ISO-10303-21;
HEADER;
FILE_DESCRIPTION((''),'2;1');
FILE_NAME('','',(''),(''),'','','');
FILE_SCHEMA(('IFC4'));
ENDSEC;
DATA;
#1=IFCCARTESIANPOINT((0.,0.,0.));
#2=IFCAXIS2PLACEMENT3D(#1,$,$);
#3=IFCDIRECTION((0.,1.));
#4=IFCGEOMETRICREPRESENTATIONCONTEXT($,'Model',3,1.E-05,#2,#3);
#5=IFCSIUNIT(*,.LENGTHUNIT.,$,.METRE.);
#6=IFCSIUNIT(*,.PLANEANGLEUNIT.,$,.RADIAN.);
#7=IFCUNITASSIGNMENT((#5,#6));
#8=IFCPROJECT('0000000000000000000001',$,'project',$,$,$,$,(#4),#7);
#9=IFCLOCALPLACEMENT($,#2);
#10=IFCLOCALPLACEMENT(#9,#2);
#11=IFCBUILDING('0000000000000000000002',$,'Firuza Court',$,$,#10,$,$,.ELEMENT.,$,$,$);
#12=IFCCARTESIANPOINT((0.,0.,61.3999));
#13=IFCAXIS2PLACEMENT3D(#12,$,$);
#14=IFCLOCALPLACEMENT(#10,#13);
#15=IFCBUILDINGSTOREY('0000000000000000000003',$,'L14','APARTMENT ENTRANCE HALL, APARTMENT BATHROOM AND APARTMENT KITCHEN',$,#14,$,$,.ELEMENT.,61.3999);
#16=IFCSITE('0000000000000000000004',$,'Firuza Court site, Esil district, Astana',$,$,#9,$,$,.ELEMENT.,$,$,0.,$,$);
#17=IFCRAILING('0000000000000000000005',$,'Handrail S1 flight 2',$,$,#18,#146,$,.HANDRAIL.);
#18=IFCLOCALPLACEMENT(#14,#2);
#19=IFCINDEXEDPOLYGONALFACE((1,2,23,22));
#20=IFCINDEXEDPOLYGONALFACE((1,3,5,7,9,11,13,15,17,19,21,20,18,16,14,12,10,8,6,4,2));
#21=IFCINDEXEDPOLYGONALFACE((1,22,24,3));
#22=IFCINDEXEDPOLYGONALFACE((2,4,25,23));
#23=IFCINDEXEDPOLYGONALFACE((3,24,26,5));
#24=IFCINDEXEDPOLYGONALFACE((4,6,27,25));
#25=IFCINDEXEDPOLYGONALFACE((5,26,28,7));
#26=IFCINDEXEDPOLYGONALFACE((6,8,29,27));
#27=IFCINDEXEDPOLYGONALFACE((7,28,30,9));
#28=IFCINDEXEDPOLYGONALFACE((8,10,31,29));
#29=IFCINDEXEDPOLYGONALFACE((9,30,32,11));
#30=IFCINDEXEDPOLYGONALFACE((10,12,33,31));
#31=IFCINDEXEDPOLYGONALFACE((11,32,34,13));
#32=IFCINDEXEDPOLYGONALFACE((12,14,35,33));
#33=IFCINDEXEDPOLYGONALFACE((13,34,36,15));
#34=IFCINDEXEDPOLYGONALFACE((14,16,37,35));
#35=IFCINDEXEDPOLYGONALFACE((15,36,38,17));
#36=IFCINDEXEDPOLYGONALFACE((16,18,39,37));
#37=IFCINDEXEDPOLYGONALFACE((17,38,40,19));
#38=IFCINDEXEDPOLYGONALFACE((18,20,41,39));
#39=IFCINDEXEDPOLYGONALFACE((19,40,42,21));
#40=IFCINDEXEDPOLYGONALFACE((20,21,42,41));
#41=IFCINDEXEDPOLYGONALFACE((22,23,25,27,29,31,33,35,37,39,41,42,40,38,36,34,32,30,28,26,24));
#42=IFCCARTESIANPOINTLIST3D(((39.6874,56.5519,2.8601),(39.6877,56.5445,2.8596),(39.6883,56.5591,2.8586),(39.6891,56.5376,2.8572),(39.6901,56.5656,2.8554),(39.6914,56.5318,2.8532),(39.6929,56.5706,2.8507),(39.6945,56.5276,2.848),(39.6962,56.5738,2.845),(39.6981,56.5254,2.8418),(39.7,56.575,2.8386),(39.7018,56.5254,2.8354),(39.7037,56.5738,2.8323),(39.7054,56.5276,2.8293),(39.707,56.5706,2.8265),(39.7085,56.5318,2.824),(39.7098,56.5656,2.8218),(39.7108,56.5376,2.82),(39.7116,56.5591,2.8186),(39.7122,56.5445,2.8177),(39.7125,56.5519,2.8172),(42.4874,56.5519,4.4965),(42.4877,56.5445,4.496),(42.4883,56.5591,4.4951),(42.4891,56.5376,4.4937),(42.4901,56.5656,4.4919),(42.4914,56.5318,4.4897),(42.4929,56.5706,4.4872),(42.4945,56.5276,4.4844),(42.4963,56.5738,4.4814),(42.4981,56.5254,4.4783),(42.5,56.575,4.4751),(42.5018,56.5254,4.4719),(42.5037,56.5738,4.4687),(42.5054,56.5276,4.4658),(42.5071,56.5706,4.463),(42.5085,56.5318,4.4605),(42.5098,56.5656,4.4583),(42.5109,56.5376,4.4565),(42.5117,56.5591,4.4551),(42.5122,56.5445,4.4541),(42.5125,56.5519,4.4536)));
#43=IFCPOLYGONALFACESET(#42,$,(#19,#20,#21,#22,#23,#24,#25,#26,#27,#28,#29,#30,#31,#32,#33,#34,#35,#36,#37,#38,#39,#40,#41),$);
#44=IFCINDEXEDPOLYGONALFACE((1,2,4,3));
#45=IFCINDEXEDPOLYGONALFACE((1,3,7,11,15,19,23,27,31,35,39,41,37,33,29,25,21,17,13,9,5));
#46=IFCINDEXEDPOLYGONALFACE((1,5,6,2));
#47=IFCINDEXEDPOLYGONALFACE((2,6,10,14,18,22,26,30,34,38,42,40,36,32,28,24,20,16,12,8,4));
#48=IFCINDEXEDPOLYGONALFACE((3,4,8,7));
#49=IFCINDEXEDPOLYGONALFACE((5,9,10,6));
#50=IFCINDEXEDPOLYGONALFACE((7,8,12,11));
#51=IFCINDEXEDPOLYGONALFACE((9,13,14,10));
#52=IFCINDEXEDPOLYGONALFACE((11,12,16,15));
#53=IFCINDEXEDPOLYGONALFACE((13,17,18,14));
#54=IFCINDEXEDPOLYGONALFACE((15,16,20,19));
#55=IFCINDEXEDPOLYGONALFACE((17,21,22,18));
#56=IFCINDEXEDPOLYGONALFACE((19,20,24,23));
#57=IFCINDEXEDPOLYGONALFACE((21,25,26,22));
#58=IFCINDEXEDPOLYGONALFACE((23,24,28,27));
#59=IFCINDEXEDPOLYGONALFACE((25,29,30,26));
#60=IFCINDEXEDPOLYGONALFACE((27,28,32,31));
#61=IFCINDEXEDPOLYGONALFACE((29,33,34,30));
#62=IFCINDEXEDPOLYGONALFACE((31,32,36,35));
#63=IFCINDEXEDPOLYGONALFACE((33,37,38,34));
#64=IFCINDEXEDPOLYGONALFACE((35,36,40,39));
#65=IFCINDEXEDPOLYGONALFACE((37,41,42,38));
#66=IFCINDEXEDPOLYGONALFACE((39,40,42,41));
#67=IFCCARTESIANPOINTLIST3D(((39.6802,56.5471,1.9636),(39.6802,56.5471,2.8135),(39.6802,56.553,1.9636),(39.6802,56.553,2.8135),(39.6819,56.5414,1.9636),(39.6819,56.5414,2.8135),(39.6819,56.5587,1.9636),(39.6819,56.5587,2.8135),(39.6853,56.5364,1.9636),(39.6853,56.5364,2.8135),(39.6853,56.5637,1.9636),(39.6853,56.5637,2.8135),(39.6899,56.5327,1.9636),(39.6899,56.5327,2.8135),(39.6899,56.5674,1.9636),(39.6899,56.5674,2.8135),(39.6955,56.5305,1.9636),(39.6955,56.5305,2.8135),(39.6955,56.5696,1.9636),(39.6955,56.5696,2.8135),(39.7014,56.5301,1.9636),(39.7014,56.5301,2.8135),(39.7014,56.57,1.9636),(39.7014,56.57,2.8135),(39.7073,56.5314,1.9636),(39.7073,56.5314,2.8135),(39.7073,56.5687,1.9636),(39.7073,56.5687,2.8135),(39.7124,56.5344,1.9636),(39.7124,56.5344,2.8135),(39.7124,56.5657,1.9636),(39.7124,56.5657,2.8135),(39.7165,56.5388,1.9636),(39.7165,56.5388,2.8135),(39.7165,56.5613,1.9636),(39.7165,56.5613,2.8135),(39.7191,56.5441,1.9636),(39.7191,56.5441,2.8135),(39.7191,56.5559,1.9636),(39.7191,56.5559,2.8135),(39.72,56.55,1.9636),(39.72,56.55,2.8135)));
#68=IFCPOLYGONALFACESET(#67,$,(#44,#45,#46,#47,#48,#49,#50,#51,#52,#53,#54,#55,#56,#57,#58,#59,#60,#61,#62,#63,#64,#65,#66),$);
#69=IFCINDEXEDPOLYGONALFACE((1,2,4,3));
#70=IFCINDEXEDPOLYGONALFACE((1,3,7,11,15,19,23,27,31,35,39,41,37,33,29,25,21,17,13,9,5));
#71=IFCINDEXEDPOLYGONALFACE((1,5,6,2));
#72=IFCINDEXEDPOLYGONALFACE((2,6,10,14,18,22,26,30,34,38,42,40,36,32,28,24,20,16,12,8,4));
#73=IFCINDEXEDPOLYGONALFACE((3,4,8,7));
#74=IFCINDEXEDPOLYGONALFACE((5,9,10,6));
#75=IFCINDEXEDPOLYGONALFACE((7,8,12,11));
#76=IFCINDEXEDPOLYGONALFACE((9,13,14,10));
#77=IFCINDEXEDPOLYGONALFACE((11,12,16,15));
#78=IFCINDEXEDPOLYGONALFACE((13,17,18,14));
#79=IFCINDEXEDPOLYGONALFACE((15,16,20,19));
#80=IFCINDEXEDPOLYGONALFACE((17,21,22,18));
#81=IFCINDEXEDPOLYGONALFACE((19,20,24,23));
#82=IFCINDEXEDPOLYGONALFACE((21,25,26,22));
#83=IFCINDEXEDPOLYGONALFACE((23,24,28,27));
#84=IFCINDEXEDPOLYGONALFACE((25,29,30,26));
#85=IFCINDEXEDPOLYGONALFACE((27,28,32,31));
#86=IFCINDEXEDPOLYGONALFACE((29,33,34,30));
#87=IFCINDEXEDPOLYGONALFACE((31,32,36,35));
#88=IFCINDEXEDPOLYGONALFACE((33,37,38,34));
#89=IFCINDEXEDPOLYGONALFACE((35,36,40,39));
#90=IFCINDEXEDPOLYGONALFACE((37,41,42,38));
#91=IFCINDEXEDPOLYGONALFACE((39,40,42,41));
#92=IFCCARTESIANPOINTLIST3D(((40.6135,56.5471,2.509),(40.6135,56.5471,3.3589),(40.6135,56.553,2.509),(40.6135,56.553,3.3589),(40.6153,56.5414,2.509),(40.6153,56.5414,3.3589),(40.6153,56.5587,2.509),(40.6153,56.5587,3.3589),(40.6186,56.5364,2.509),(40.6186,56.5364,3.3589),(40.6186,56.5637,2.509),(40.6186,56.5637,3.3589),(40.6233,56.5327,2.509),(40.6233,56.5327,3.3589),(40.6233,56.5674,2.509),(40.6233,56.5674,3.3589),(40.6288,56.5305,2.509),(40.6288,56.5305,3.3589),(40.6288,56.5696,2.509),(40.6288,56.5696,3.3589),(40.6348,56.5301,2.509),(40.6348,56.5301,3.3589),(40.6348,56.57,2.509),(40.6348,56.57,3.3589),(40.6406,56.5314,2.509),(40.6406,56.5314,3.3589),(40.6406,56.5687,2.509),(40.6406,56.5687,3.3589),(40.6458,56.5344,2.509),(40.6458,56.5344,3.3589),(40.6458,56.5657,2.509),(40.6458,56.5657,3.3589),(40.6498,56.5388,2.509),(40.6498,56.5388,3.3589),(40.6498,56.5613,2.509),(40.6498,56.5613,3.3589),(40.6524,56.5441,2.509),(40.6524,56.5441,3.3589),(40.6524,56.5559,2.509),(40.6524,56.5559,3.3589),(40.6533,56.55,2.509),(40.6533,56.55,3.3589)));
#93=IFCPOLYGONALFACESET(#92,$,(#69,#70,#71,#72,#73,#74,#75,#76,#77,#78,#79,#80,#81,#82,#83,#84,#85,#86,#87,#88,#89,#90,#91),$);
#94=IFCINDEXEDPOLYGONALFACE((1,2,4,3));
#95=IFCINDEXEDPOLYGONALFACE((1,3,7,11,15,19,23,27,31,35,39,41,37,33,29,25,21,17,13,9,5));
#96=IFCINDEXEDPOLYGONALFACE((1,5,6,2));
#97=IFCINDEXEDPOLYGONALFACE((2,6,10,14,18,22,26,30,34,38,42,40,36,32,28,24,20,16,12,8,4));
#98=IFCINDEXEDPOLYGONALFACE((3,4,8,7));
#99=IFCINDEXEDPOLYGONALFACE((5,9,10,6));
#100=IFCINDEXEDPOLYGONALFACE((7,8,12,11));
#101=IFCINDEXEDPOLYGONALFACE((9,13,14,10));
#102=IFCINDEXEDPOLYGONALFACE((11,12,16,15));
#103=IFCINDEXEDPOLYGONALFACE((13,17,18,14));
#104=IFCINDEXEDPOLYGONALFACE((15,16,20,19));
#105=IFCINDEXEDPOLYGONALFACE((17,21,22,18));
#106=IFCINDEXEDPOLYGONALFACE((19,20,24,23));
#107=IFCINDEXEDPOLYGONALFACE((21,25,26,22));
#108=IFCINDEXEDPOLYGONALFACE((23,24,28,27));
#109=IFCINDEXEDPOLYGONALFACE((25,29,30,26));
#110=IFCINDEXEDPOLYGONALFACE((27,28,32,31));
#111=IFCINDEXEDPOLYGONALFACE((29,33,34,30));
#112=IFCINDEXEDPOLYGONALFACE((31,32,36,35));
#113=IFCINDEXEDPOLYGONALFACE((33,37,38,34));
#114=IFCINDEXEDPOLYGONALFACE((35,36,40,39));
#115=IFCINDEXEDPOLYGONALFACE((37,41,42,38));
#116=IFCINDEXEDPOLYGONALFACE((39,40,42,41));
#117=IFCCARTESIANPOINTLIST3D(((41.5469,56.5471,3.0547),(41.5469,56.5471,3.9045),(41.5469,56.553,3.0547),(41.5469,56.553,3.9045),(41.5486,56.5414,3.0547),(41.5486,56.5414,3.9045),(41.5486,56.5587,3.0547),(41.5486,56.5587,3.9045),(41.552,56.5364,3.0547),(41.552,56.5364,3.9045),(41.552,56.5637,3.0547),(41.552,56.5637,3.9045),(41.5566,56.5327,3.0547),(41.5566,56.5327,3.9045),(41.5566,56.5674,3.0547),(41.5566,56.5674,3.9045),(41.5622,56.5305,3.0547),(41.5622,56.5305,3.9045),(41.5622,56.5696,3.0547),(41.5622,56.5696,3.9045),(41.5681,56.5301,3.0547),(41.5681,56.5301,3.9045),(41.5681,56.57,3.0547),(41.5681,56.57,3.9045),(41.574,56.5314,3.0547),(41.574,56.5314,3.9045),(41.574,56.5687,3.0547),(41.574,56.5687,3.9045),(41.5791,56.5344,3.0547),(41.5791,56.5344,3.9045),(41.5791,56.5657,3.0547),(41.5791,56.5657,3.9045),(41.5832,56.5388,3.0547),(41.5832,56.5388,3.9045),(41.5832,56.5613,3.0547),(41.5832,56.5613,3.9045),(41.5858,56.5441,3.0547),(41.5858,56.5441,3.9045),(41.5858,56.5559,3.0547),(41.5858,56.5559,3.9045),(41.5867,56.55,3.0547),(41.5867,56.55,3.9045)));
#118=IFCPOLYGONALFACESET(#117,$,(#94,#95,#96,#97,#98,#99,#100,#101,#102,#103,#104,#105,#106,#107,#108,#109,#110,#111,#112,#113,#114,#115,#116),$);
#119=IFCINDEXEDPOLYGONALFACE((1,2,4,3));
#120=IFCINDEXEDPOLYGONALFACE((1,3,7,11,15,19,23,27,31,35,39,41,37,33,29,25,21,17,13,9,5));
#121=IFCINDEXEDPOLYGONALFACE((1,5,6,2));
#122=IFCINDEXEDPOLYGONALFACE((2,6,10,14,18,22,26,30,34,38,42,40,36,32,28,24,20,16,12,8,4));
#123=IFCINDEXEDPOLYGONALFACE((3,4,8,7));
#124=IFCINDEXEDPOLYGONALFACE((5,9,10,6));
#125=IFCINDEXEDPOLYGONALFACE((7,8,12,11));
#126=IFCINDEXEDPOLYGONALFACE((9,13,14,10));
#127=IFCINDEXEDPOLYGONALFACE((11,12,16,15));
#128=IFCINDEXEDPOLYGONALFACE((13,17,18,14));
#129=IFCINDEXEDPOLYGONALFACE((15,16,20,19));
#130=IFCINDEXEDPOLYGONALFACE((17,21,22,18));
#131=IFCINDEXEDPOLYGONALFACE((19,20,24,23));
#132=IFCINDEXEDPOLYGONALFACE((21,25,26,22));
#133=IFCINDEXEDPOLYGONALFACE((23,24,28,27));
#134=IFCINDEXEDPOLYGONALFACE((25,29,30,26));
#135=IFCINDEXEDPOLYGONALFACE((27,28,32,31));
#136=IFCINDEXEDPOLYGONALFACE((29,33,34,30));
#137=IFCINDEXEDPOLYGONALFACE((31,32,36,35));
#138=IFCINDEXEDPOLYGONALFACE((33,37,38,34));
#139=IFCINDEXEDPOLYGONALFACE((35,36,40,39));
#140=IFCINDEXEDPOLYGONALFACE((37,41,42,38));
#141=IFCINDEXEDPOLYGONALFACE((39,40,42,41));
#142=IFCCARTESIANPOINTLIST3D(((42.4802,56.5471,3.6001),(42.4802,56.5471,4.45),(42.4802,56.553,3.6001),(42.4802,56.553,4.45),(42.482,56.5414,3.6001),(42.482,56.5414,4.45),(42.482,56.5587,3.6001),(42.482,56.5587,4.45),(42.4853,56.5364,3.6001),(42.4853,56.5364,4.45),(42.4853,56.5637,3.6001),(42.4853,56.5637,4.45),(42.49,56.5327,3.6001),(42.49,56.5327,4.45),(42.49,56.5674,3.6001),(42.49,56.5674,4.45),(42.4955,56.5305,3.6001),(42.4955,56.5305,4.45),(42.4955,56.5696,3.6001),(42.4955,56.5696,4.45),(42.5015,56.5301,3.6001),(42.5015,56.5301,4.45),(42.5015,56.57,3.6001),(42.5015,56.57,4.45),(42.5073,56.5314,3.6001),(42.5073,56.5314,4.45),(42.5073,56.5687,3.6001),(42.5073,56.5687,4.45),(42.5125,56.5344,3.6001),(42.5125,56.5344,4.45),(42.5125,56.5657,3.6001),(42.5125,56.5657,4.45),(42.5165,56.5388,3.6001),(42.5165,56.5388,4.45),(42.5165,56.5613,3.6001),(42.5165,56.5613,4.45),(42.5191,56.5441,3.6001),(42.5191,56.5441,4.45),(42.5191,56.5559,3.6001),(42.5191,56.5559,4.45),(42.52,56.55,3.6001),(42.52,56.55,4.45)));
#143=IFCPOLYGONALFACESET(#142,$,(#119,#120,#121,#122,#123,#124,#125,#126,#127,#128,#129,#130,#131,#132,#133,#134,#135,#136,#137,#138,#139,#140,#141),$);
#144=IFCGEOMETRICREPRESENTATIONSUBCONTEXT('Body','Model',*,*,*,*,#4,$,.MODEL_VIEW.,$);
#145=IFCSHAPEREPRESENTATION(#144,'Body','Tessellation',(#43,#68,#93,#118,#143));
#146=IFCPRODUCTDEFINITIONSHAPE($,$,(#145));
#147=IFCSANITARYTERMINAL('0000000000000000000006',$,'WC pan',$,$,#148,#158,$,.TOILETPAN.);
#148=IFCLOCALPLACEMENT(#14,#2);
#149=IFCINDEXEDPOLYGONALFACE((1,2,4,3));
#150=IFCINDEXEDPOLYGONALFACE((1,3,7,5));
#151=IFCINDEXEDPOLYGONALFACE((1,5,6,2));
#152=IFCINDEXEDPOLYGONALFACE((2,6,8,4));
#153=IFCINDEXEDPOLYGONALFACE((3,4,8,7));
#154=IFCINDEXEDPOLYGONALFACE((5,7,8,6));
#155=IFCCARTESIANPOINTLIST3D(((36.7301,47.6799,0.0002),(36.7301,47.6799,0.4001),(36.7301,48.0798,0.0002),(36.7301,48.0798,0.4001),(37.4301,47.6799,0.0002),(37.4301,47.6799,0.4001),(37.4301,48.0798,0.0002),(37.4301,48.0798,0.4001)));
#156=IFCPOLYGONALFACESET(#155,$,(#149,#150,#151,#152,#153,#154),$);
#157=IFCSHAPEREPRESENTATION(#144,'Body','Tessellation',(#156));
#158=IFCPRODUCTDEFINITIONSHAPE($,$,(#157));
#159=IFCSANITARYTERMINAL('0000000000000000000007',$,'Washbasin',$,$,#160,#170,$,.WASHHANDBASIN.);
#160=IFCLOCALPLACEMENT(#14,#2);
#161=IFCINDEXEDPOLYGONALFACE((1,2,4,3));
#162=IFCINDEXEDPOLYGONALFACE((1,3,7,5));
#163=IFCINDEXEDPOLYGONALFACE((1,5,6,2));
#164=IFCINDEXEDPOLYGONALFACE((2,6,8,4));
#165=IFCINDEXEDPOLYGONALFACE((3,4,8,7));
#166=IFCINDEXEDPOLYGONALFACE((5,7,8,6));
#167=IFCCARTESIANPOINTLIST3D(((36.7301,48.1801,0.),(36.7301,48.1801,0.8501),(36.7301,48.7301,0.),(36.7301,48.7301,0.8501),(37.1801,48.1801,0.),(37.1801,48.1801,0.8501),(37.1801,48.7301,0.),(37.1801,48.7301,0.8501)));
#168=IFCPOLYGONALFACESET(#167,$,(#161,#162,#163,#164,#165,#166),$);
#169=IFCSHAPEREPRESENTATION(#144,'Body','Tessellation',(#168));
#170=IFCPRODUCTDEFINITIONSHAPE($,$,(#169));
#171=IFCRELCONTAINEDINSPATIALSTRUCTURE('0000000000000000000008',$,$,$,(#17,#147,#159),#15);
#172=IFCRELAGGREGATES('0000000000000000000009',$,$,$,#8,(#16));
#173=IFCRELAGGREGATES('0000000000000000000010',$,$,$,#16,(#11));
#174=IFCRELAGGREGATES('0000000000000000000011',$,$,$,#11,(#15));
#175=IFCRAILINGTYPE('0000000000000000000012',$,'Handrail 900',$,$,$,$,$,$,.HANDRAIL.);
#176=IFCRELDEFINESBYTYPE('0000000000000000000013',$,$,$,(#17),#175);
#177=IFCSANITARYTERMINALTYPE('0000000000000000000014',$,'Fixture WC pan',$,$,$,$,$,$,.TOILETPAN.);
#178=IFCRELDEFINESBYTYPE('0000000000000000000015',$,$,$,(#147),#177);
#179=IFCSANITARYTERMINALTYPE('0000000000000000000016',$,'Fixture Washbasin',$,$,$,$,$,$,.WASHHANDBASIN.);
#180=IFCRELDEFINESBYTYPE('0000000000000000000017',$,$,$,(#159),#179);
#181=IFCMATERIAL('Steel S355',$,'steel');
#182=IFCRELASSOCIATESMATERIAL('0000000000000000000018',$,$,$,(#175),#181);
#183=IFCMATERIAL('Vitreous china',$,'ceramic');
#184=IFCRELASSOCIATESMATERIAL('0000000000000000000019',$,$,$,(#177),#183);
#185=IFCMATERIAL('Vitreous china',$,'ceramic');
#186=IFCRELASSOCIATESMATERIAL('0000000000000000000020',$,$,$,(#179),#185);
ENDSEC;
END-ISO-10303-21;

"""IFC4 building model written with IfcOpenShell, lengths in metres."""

from ifc_helpers import new_model, si_unit, direction, frame, origin, origin_2d, place, context, subcontext, project, spatial, rectangle, circle, extrude, material, type_object, element, save


model = new_model("IFC4")

# Units and contexts
model_context = context("Model", 3, precision=1e-05, world=origin(), true_north=direction((0.0, 1.0)))
body_context = subcontext(model_context, "Body", "Model", "MODEL_VIEW")
ifc_project = project(units=[si_unit("LENGTHUNIT", "METRE"), si_unit("PLANEANGLEUNIT", "RADIAN")], contexts=[model_context])

# Site, building, storey
site_placement = place(None, origin())
site = spatial("IfcSite", under=ifc_project, at=site_placement, Name="Firuza Court site, Esil district, Astana", CompositionType="ELEMENT", RefElevation=0.0)
building_placement = place(site_placement, origin())
building = spatial("IfcBuilding", under=site, at=building_placement, Name="Firuza Court", CompositionType="ELEMENT")
storey_placement = place(building_placement, frame((0.0, 0.0, 61.3999)))
storey = spatial("IfcBuildingStorey", under=building, at=storey_placement, Name="L14", Description="APARTMENT ENTRANCE HALL, APARTMENT BATHROOM AND APARTMENT KITCHEN", CompositionType="ELEMENT", Elevation=61.3999)

# Railing
ifc_material_1 = material(Name="Steel S355", Category="steel")
railing_type_1 = type_object("IfcRailingType", Name="Handrail 900", PredefinedType="HANDRAIL", material=ifc_material_1)
railing_1_placement = place(storey_placement, frame((39.7, 56.55, 1.9636)))
element("IfcRailing", 1, at=railing_1_placement, inside=storey, type_object=railing_type_1, Name="Handrail S1 flight 2", PredefinedType="HANDRAIL", context=body_context, shape_type="SweptSolid", body=[
    extrude(circle(Radius=0.0249, at=origin_2d()), frame((0.0, 0.0, 0.875), z_axis=(0.863361, 0.0, 0.504587), x_axis=(0.0, 1.0, 0.0)), (0.0, 0.0, 1.0), 3.2432),
    extrude(circle(Radius=0.02, at=origin_2d()), origin(), (0.0, 0.0, 1.0), 0.8499),
    extrude(circle(Radius=0.02, at=origin_2d()), frame((0.9333, 0.0, 0.5454)), (0.0, 0.0, 1.0), 0.8499),
    extrude(circle(Radius=0.02, at=origin_2d()), frame((1.8667, 0.0, 1.0911)), (0.0, 0.0, 1.0), 0.8499),
    extrude(circle(Radius=0.02, at=origin_2d()), frame((2.8, 0.0, 1.6365)), (0.0, 0.0, 1.0), 0.8499),
])

# Sanitary terminals
ifc_material_2 = material(Name="Vitreous china", Category="ceramic")
sanitary_terminal_type_1 = type_object("IfcSanitaryTerminalType", Name="Fixture WC pan", PredefinedType="TOILETPAN", material=ifc_material_2)
sanitary_terminal_1_placement = place(storey_placement, frame((37.0801, 47.8799, 0.0002), z_axis=(0.0, 0.0, 1.0), x_axis=(1.0, 0.0, 0.0)))
element("IfcSanitaryTerminal", 2, at=sanitary_terminal_1_placement, inside=storey, type_object=sanitary_terminal_type_1, Name="WC pan", PredefinedType="TOILETPAN", context=body_context, shape_type="SweptSolid", body=[
    extrude(rectangle(XDim=0.7, YDim=0.3999, at=origin_2d()), origin(), (0.0, 0.0, 1.0), 0.3999),
])
ifc_material_3 = material(Name="Vitreous china", Category="ceramic")
sanitary_terminal_type_2 = type_object("IfcSanitaryTerminalType", Name="Fixture Washbasin", PredefinedType="WASHHANDBASIN", material=ifc_material_3)
sanitary_terminal_2_placement = place(storey_placement, frame((36.9551, 48.4551, 0.0), z_axis=(0.0, 0.0, 1.0), x_axis=(1.0, 0.0, 0.0)))
element("IfcSanitaryTerminal", 3, at=sanitary_terminal_2_placement, inside=storey, type_object=sanitary_terminal_type_2, Name="Washbasin", PredefinedType="WASHHANDBASIN", context=body_context, shape_type="SweptSolid", body=[
    extrude(rectangle(XDim=0.45, YDim=0.55, at=origin_2d()), origin(), (0.0, 0.0, 1.0), 0.8501),
])

save(model, "model.ifc")
